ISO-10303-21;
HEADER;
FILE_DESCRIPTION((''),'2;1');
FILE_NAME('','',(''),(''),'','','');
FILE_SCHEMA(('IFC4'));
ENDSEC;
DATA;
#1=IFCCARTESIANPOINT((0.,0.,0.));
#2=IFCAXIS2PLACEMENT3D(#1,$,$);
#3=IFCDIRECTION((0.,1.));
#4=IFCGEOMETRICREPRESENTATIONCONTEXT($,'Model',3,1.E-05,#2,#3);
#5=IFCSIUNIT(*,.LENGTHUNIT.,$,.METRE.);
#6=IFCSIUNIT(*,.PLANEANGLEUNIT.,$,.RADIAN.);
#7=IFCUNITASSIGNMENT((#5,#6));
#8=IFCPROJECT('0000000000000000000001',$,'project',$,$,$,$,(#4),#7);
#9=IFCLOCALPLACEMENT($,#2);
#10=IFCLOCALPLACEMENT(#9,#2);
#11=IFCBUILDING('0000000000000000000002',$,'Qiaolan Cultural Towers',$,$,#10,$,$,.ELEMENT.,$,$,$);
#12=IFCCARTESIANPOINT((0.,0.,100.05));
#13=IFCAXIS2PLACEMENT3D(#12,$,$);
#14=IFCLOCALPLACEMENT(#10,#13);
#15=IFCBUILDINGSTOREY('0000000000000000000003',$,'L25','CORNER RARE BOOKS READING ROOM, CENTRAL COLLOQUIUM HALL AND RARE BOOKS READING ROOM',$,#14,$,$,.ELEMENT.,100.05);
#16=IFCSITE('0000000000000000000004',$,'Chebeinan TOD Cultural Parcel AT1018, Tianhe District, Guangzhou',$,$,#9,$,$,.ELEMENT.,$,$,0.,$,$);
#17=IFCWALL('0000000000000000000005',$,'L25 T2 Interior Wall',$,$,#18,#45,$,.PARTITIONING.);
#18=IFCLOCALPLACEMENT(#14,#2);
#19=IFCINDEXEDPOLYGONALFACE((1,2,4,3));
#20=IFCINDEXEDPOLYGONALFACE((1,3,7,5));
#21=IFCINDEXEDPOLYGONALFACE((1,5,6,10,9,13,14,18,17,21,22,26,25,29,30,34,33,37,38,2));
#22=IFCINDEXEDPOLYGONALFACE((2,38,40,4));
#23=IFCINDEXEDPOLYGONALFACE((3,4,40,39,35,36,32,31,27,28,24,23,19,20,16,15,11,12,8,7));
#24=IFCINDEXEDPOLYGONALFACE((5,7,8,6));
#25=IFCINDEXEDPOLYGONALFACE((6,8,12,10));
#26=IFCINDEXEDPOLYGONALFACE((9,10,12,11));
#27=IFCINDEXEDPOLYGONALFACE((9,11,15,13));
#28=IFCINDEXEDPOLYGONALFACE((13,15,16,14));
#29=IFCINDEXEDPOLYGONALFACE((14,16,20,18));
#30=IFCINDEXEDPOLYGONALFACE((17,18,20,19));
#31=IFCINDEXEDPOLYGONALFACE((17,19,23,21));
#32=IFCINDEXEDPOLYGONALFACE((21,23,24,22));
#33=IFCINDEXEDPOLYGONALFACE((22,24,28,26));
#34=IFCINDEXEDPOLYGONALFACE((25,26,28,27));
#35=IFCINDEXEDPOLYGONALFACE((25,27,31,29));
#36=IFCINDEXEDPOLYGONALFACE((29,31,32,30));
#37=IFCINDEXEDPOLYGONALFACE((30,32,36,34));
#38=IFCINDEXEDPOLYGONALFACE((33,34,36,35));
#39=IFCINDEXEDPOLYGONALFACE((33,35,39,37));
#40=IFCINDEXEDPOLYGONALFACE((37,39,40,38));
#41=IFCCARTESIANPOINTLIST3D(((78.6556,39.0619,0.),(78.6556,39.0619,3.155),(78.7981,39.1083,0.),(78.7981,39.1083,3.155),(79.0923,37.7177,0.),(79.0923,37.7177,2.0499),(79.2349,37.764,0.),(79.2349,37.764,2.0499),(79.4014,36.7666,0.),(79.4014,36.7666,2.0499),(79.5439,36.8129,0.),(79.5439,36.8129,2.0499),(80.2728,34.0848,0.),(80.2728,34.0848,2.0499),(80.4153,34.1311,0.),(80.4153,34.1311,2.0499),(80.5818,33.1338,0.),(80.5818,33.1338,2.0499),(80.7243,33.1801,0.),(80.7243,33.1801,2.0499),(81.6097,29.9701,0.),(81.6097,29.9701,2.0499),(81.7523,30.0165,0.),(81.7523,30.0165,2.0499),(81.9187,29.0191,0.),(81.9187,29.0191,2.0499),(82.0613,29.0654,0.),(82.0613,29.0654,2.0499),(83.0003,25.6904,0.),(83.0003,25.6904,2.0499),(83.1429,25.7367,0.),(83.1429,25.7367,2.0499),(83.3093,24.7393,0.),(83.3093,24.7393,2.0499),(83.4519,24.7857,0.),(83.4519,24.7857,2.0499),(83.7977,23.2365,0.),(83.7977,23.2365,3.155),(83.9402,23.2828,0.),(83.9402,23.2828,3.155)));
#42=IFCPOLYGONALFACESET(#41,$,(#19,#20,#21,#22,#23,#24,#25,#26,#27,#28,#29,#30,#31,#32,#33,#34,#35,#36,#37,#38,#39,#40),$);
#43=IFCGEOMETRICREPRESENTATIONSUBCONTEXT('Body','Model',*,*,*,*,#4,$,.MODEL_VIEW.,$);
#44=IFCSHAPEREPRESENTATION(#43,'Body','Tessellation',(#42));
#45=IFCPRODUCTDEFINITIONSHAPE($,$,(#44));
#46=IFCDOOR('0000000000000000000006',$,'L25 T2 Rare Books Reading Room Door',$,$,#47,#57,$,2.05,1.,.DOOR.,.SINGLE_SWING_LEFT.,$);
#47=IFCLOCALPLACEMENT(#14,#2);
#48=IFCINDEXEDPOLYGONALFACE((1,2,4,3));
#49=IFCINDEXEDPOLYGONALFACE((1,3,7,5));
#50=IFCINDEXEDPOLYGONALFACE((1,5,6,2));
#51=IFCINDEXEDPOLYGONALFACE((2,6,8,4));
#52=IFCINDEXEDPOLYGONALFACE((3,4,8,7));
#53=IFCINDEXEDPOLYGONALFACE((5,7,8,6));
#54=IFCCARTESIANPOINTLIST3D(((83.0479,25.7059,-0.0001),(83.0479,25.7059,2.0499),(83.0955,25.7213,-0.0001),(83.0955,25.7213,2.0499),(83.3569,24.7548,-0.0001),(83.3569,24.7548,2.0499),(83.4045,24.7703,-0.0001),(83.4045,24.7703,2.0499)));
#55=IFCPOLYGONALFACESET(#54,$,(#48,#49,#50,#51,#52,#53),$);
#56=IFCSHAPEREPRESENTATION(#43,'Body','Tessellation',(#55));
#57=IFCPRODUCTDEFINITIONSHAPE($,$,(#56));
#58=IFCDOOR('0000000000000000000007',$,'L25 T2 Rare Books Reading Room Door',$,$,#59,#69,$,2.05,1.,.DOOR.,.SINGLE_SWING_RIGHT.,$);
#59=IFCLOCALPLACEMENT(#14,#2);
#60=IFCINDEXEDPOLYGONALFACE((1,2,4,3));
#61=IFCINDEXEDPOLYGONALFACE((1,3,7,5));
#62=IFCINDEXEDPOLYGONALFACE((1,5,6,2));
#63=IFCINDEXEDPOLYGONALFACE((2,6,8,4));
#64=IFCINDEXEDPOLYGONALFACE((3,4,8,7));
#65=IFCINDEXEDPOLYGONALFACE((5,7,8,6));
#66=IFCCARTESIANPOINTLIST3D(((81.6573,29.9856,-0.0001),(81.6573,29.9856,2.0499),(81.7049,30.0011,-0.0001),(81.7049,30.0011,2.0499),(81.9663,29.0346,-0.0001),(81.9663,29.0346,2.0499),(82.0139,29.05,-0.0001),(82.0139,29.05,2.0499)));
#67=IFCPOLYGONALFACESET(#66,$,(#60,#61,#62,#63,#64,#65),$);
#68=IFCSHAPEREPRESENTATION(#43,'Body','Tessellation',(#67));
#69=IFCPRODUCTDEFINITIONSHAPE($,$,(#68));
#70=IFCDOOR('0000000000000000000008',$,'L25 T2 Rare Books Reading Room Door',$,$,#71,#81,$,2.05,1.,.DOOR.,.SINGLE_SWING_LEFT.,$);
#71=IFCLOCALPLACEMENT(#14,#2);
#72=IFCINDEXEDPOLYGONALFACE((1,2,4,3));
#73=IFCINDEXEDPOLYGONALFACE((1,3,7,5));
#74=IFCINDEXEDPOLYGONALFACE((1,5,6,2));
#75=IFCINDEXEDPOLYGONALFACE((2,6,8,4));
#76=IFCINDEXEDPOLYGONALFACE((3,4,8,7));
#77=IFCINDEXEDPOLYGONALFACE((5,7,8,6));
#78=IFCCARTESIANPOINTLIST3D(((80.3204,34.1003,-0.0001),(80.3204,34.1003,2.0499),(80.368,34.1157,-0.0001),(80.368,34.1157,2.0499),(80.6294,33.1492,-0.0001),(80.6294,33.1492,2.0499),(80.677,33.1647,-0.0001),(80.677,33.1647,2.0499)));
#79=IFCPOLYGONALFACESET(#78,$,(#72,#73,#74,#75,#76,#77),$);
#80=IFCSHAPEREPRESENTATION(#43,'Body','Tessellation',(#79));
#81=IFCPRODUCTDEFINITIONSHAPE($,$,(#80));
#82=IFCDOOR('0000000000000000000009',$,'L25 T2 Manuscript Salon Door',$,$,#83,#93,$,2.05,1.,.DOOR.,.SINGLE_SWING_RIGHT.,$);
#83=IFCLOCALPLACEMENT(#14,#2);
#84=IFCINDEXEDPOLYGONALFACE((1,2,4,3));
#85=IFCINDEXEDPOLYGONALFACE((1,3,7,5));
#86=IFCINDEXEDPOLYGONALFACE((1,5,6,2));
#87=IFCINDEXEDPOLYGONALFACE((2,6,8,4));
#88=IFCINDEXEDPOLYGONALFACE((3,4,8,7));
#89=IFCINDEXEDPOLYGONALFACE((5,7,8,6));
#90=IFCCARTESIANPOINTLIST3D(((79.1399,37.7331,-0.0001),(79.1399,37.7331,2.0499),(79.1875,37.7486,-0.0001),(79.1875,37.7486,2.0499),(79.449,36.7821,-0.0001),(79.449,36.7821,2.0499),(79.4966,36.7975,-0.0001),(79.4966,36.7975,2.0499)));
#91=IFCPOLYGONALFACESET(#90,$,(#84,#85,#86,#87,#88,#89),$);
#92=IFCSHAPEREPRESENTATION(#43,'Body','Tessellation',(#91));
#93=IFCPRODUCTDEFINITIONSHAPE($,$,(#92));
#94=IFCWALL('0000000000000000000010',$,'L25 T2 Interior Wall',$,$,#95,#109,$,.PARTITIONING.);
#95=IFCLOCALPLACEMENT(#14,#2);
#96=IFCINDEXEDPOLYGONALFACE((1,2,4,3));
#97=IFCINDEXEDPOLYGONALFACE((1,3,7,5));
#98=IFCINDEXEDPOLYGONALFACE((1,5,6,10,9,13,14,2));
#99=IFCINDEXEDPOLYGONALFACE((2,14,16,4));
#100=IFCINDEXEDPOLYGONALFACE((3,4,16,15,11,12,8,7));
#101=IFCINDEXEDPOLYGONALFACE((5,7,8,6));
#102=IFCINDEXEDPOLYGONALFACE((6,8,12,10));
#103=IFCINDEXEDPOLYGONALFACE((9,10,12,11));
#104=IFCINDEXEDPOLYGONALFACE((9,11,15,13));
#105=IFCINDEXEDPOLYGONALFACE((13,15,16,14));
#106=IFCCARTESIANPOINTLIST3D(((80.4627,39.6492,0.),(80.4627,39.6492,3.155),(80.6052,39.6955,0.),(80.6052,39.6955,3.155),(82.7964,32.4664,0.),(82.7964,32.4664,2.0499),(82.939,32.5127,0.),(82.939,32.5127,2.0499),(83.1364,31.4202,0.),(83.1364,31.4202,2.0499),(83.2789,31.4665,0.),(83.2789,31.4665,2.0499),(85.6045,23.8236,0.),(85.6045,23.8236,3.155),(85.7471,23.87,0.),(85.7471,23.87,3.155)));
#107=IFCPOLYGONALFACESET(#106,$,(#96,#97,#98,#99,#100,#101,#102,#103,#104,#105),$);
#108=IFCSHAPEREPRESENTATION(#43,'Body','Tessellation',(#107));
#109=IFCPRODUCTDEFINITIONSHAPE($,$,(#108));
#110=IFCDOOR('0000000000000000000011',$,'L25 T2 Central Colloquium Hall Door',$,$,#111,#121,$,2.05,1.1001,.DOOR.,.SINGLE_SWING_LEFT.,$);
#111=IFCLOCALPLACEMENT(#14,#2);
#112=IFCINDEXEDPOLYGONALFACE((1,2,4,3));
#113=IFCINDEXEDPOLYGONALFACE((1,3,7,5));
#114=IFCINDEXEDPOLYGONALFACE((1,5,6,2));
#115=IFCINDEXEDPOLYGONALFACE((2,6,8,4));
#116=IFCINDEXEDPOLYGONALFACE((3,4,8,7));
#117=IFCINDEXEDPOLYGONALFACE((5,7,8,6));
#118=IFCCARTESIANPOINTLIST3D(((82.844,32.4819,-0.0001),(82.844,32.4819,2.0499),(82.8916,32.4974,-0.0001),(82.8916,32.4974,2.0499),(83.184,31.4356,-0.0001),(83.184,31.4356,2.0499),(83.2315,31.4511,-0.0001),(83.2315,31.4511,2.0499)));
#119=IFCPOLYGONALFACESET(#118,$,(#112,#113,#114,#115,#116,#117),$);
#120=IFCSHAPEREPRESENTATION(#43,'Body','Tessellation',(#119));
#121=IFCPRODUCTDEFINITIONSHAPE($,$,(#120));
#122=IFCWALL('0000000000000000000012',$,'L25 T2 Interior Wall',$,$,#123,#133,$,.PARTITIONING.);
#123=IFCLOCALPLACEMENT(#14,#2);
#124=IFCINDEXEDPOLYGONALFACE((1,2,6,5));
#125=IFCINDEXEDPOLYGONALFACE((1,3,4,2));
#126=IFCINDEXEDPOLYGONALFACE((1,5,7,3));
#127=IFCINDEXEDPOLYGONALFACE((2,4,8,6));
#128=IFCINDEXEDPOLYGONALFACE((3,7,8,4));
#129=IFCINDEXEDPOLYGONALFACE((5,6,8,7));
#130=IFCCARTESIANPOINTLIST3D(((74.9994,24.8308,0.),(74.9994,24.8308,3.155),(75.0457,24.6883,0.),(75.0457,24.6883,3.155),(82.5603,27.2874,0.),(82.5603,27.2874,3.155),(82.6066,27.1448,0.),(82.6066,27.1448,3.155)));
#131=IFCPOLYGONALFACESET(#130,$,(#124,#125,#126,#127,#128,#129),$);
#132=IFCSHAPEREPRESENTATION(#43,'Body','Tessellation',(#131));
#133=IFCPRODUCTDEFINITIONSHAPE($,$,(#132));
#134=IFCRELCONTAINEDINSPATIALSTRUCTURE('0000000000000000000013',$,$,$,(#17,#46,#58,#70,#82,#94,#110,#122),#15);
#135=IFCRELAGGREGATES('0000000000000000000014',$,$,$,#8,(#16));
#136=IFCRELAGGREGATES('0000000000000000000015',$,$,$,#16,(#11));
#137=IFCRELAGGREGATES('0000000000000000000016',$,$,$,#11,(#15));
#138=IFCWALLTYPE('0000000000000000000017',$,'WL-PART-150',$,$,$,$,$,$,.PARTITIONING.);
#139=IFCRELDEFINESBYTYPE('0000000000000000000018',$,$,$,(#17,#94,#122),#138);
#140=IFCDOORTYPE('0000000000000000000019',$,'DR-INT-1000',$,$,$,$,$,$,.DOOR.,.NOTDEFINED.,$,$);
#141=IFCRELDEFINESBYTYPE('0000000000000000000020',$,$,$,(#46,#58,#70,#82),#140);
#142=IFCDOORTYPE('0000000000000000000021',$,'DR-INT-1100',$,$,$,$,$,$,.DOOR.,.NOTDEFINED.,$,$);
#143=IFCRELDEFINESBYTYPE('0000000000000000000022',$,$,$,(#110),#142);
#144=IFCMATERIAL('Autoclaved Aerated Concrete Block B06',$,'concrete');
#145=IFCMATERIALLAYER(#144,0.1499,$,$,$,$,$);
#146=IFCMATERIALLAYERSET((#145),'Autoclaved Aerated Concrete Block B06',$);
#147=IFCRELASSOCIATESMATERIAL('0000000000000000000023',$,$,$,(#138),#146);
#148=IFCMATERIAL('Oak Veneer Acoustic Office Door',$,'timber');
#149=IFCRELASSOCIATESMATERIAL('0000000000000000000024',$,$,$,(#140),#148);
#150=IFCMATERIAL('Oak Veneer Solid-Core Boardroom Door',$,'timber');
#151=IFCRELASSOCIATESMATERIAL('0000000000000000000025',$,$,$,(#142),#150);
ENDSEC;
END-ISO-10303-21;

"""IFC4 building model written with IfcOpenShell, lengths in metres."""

from ifc_helpers import new_model, si_unit, direction, frame, frame_2d, origin, place, context, subcontext, project, spatial, rectangle, extrude, material, layer, layer_set, type_object, element, fill, save


model = new_model("IFC4")

# Units and contexts
model_context = context("Model", 3, precision=1e-05, world=origin(), true_north=direction((0.0, 1.0)))
body_context = subcontext(model_context, "Body", "Model", "MODEL_VIEW")
ifc_project = project(units=[si_unit("LENGTHUNIT", "METRE"), si_unit("PLANEANGLEUNIT", "RADIAN")], contexts=[model_context])

# Site, building, storey
site_placement = place(None, origin())
site = spatial("IfcSite", under=ifc_project, at=site_placement, Name="Chebeinan TOD Cultural Parcel AT1018, Tianhe District, Guangzhou", CompositionType="ELEMENT", RefElevation=0.0)
building_placement = place(site_placement, origin())
building = spatial("IfcBuilding", under=site, at=building_placement, Name="Qiaolan Cultural Towers", CompositionType="ELEMENT")
storey_placement = place(building_placement, frame((0.0, 0.0, 100.05)))
storey = spatial("IfcBuildingStorey", under=building, at=storey_placement, Name="L25", Description="CORNER RARE BOOKS READING ROOM, CENTRAL COLLOQUIUM HALL AND RARE BOOKS READING ROOM", CompositionType="ELEMENT", Elevation=100.05)

# Shared definitions
ifc_material_1 = material(Name="Autoclaved Aerated Concrete Block B06", Category="concrete")
ifc_layer_1 = layer(ifc_material_1, 0.1499)
ifc_layer_set_1 = layer_set([ifc_layer_1], Name="Autoclaved Aerated Concrete Block B06")
wall_type_1 = type_object("IfcWallType", Name="WL-PART-150", PredefinedType="PARTITIONING", material=ifc_layer_set_1)

# Wall, openings, doors
wall_1_placement = place(storey_placement, frame((83.8689, 23.2598, 0.0), z_axis=(0.0, 0.0, 1.0), x_axis=(-0.309022, 0.951055, 0.0)))
wall_1 = element("IfcWall", 1, at=wall_1_placement, inside=storey, type_object=wall_type_1, Name="L25 T2 Interior Wall", PredefinedType="PARTITIONING", context=body_context, shape_type="SweptSolid", body=[
    extrude(rectangle(XDim=16.6399, YDim=0.1499, at=frame_2d((8.3198, 0.0))), origin(), (0.0, 0.0, 1.0), 3.155),
])
opening_1_placement = place(wall_1_placement, frame((1.5801, 0.0, 0.0)))
opening_1 = element("IfcOpeningElement", 2, at=opening_1_placement, cuts=wall_1, PredefinedType="OPENING", context=body_context, shape_type="SweptSolid", body=[
    extrude(rectangle(XDim=1.0, YDim=2.05, at=frame_2d((0.5, 1.0249))), frame((0.0, 0.085, 0.0), z_axis=(0.0, -1.0, 0.0), x_axis=(1.0, 0.0, 0.0)), (0.0, 0.0, 1.0), 0.1699),
])
opening_2_placement = place(wall_1_placement, frame((6.0801, 0.0, 0.0)))
opening_2 = element("IfcOpeningElement", 3, at=opening_2_placement, cuts=wall_1, PredefinedType="OPENING", context=body_context, shape_type="SweptSolid", body=[
    extrude(rectangle(XDim=1.0, YDim=2.05, at=frame_2d((0.5, 1.0249))), frame((0.0, 0.085, 0.0), z_axis=(0.0, -1.0, 0.0), x_axis=(1.0, 0.0, 0.0)), (0.0, 0.0, 1.0), 0.1699),
])
opening_3_placement = place(wall_1_placement, frame((10.4065, 0.0, 0.0)))
opening_3 = element("IfcOpeningElement", 4, at=opening_3_placement, cuts=wall_1, PredefinedType="OPENING", context=body_context, shape_type="SweptSolid", body=[
    extrude(rectangle(XDim=1.0, YDim=2.05, at=frame_2d((0.5, 1.0249))), frame((0.0, 0.085, 0.0), z_axis=(0.0, -1.0, 0.0), x_axis=(1.0, 0.0, 0.0)), (0.0, 0.0, 1.0), 0.1699),
])
opening_4_placement = place(wall_1_placement, frame((14.2263, 0.0, 0.0)))
opening_4 = element("IfcOpeningElement", 5, at=opening_4_placement, cuts=wall_1, PredefinedType="OPENING", context=body_context, shape_type="SweptSolid", body=[
    extrude(rectangle(XDim=1.0, YDim=2.05, at=frame_2d((0.5, 1.0249))), frame((0.0, 0.085, 0.0), z_axis=(0.0, -1.0, 0.0), x_axis=(1.0, 0.0, 0.0)), (0.0, 0.0, 1.0), 0.1699),
])
ifc_material_2 = material(Name="Oak Veneer Acoustic Office Door", Category="timber")
door_type_1 = type_object("IfcDoorType", Name="DR-INT-1000", OperationType="NOTDEFINED", PredefinedType="DOOR", material=ifc_material_2)
door_1_placement = place(opening_1_placement, origin())
door_1 = element("IfcDoor", 6, at=door_1_placement, inside=storey, type_object=door_type_1, Name="L25 T2 Rare Books Reading Room Door", OperationType="SINGLE_SWING_LEFT", OverallHeight=2.05, OverallWidth=1.0, PredefinedType="DOOR", context=body_context, shape_type="SweptSolid", body=[
    extrude(rectangle(XDim=1.0, YDim=2.05, at=frame_2d((0.5, 1.0249))), frame((0.0, 0.0249, 0.0), z_axis=(0.0, -1.0, 0.0), x_axis=(1.0, 0.0, 0.0)), (0.0, 0.0, 1.0), 0.05),
])
fill(opening_1, door_1)
door_2_placement = place(opening_2_placement, origin())
door_2 = element("IfcDoor", 7, at=door_2_placement, inside=storey, type_object=door_type_1, Name="L25 T2 Rare Books Reading Room Door", OperationType="SINGLE_SWING_RIGHT", OverallHeight=2.05, OverallWidth=1.0, PredefinedType="DOOR", context=body_context, shape_type="SweptSolid", body=[
    extrude(rectangle(XDim=1.0, YDim=2.05, at=frame_2d((0.5, 1.0249))), frame((0.0, 0.0249, 0.0), z_axis=(0.0, -1.0, 0.0), x_axis=(1.0, 0.0, 0.0)), (0.0, 0.0, 1.0), 0.05),
])
fill(opening_2, door_2)
door_3_placement = place(opening_3_placement, origin())
door_3 = element("IfcDoor", 8, at=door_3_placement, inside=storey, type_object=door_type_1, Name="L25 T2 Rare Books Reading Room Door", OperationType="SINGLE_SWING_LEFT", OverallHeight=2.05, OverallWidth=1.0, PredefinedType="DOOR", context=body_context, shape_type="SweptSolid", body=[
    extrude(rectangle(XDim=1.0, YDim=2.05, at=frame_2d((0.5, 1.0249))), frame((0.0, 0.0249, 0.0), z_axis=(0.0, -1.0, 0.0), x_axis=(1.0, 0.0, 0.0)), (0.0, 0.0, 1.0), 0.05),
])
fill(opening_3, door_3)
door_4_placement = place(opening_4_placement, origin())
door_4 = element("IfcDoor", 9, at=door_4_placement, inside=storey, type_object=door_type_1, Name="L25 T2 Manuscript Salon Door", OperationType="SINGLE_SWING_RIGHT", OverallHeight=2.05, OverallWidth=1.0, PredefinedType="DOOR", context=body_context, shape_type="SweptSolid", body=[
    extrude(rectangle(XDim=1.0, YDim=2.05, at=frame_2d((0.5, 1.0249))), frame((0.0, 0.0249, 0.0), z_axis=(0.0, -1.0, 0.0), x_axis=(1.0, 0.0, 0.0)), (0.0, 0.0, 1.0), 0.05),
])
fill(opening_4, door_4)

# Wall, opening, door
wall_2_placement = place(storey_placement, frame((85.6758, 23.8469, 0.0), z_axis=(0.0, 0.0, 1.0), x_axis=(-0.309009, 0.951059, 0.0)))
wall_2 = element("IfcWall", 10, at=wall_2_placement, inside=storey, type_object=wall_type_1, Name="L25 T2 Interior Wall", PredefinedType="PARTITIONING", context=body_context, shape_type="SweptSolid", body=[
    extrude(rectangle(XDim=16.6399, YDim=0.1499, at=frame_2d((8.3198, 0.0))), origin(), (0.0, 0.0, 1.0), 3.155),
])
opening_5_placement = place(wall_2_placement, frame((7.9873, 0.0, 0.0)))
opening_5 = element("IfcOpeningElement", 11, at=opening_5_placement, cuts=wall_2, PredefinedType="OPENING", context=body_context, shape_type="SweptSolid", body=[
    extrude(rectangle(XDim=1.1001, YDim=2.05, at=frame_2d((0.55, 1.0249))), frame((0.0, 0.085, 0.0), z_axis=(0.0, -1.0, 0.0), x_axis=(1.0, 0.0, 0.0)), (0.0, 0.0, 1.0), 0.1699),
])
ifc_material_3 = material(Name="Oak Veneer Solid-Core Boardroom Door", Category="timber")
door_type_2 = type_object("IfcDoorType", Name="DR-INT-1100", OperationType="NOTDEFINED", PredefinedType="DOOR", material=ifc_material_3)
door_5_placement = place(opening_5_placement, origin())
door_5 = element("IfcDoor", 12, at=door_5_placement, inside=storey, type_object=door_type_2, Name="L25 T2 Central Colloquium Hall Door", OperationType="SINGLE_SWING_LEFT", OverallHeight=2.05, OverallWidth=1.1001, PredefinedType="DOOR", context=body_context, shape_type="SweptSolid", body=[
    extrude(rectangle(XDim=1.1001, YDim=2.05, at=frame_2d((0.55, 1.0249))), frame((0.0, 0.0249, 0.0), z_axis=(0.0, -1.0, 0.0), x_axis=(1.0, 0.0, 0.0)), (0.0, 0.0, 1.0), 0.05),
])
fill(opening_5, door_5)

# Wall
wall_3_placement = place(storey_placement, frame((75.0225, 24.7595, 0.0), z_axis=(0.0, 0.0, 1.0), x_axis=(0.95106, 0.309005, 0.0)))
element("IfcWall", 13, at=wall_3_placement, inside=storey, type_object=wall_type_1, Name="L25 T2 Interior Wall", PredefinedType="PARTITIONING", context=body_context, shape_type="SweptSolid", body=[
    extrude(rectangle(XDim=7.95, YDim=0.1499, at=frame_2d((3.9751, 0.0))), origin(), (0.0, 0.0, 1.0), 3.155),
])

save(model, "model.ifc")
